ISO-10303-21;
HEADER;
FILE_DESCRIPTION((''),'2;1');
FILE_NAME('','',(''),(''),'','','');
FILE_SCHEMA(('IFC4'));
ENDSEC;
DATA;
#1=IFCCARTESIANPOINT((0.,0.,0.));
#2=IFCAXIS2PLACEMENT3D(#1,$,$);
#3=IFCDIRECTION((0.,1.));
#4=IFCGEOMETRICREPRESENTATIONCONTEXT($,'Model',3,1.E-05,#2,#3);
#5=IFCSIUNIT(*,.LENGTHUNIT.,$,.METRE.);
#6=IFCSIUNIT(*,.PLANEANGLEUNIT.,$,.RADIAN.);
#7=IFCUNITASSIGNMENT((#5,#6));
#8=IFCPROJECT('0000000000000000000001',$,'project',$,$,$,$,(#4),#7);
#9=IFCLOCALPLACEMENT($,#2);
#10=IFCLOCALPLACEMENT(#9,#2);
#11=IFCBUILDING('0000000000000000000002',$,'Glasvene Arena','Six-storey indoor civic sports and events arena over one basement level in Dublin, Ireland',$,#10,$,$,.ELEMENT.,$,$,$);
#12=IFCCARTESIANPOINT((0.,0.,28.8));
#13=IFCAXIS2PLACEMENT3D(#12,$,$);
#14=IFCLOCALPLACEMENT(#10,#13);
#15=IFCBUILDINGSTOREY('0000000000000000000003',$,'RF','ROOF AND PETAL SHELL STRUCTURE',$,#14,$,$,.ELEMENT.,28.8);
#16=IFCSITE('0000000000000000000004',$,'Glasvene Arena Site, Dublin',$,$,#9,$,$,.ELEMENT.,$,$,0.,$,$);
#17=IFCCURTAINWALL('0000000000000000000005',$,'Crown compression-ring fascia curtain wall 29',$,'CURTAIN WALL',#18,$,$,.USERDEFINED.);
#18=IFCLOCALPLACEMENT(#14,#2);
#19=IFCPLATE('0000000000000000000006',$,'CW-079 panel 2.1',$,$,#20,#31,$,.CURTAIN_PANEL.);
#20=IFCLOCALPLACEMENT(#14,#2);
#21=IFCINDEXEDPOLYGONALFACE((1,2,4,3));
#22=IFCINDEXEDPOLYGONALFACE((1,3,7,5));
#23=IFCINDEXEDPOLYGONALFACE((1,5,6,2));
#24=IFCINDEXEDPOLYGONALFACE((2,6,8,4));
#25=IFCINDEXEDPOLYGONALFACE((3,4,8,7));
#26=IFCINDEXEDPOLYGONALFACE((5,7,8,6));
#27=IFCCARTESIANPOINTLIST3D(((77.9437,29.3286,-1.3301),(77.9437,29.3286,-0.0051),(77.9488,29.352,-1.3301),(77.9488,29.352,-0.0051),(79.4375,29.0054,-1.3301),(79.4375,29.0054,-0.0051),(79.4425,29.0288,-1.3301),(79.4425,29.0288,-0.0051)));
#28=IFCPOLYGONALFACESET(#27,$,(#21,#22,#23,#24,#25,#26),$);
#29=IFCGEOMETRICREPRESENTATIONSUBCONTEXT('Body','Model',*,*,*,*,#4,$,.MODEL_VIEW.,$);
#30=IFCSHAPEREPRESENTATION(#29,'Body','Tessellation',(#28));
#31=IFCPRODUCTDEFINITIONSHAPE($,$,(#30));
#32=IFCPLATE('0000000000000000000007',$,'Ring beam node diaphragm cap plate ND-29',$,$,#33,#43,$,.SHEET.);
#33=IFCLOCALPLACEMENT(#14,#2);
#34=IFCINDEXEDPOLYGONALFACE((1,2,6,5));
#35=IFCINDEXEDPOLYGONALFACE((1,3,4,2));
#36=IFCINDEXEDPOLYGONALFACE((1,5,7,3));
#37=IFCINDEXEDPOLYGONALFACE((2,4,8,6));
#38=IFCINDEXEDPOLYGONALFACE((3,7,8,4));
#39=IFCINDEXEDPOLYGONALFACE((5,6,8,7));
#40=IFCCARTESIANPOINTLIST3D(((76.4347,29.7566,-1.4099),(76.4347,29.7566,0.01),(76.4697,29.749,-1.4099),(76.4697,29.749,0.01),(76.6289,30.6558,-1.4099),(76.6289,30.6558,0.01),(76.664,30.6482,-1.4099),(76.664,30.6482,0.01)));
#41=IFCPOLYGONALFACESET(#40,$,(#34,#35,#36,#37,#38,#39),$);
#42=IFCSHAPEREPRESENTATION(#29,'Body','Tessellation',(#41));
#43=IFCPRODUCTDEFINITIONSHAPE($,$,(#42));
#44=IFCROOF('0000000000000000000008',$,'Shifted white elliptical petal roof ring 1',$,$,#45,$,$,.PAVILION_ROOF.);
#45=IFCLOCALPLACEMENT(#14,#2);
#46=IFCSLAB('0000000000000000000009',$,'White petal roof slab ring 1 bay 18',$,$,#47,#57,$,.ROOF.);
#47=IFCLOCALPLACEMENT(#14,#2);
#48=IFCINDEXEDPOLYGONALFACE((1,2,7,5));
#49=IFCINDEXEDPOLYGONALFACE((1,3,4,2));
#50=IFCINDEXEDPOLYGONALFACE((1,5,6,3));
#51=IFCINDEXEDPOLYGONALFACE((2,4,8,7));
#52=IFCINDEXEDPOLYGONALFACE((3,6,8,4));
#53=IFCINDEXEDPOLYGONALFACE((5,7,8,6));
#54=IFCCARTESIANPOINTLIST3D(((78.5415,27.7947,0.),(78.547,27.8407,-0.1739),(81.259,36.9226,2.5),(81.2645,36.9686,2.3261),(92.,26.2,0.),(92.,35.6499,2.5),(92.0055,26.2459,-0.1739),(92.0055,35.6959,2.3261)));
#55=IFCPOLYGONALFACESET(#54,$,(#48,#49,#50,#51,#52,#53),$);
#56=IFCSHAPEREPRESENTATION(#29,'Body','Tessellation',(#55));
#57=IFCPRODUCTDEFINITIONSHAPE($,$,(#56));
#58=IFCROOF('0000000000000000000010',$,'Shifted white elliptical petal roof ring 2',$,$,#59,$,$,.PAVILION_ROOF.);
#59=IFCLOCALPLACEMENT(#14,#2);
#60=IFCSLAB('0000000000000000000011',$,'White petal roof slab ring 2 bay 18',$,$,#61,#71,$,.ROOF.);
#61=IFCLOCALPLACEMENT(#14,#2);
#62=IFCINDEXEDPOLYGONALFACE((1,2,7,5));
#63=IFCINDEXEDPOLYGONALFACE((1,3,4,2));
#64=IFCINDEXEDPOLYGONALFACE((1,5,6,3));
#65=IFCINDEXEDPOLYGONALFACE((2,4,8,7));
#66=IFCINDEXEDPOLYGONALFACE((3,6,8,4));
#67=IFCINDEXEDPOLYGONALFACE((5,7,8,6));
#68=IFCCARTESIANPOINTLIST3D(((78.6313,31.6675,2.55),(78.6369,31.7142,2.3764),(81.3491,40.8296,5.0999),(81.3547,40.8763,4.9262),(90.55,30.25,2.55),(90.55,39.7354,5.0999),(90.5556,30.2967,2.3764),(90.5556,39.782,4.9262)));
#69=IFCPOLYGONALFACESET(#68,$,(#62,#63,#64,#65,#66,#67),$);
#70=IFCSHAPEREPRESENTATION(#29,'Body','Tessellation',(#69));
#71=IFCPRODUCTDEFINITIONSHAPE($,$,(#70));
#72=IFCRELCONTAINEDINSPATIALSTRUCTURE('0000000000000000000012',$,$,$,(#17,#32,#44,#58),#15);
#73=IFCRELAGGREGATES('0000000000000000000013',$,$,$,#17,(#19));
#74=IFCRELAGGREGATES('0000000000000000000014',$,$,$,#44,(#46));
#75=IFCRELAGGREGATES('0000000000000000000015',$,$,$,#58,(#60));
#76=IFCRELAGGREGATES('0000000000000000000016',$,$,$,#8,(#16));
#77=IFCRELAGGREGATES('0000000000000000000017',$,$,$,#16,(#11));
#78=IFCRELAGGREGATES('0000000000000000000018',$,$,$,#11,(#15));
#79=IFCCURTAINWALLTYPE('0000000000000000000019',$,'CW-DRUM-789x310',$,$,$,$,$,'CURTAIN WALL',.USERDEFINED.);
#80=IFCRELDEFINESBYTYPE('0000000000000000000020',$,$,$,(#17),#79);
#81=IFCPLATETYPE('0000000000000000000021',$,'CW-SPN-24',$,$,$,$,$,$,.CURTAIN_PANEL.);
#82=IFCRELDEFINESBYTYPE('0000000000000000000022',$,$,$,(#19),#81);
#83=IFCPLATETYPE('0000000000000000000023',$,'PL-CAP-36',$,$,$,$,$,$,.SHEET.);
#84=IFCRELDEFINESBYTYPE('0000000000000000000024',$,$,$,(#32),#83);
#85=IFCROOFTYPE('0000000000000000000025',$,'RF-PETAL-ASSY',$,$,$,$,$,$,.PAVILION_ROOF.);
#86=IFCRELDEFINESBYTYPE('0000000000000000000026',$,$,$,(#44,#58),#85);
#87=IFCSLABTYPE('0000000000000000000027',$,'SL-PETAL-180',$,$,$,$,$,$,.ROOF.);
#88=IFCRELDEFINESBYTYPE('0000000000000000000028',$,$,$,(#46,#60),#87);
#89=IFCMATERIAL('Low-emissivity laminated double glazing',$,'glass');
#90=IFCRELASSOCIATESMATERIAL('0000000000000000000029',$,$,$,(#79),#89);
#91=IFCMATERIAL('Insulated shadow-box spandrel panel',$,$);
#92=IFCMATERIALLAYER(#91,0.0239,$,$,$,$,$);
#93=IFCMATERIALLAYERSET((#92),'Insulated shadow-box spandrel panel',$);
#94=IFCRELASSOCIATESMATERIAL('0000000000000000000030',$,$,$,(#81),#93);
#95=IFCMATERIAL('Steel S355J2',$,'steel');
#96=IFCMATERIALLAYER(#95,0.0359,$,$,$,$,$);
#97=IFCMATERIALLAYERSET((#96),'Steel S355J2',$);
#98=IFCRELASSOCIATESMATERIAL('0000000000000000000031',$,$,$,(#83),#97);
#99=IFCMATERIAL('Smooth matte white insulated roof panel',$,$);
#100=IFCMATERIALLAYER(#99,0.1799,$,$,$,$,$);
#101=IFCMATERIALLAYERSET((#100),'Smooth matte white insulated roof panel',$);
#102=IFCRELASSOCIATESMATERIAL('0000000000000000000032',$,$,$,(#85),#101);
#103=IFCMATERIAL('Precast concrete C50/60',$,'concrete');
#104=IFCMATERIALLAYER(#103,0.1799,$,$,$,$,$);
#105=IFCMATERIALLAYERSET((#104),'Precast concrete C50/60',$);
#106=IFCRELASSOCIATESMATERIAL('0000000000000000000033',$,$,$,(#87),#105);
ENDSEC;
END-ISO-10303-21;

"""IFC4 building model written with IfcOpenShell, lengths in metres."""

from ifc_helpers import new_model, si_unit, direction, frame, origin, origin_2d, place, context, subcontext, project, spatial, polyline, rectangle, outline, extrude, material, layer, layer_set, type_object, element, aggregate, save


model = new_model("IFC4")

# Units and contexts
model_context = context("Model", 3, precision=1e-05, world=origin(), true_north=direction((0.0, 1.0)))
body_context = subcontext(model_context, "Body", "Model", "MODEL_VIEW")
ifc_project = project(units=[si_unit("LENGTHUNIT", "METRE"), si_unit("PLANEANGLEUNIT", "RADIAN")], contexts=[model_context])

# Site, building, storey
site_placement = place(None, origin())
site = spatial("IfcSite", under=ifc_project, at=site_placement, Name="Glasvene Arena Site, Dublin", CompositionType="ELEMENT", RefElevation=0.0)
building_placement = place(site_placement, origin())
building = spatial("IfcBuilding", under=site, at=building_placement, Name="Glasvene Arena", Description="Six-storey indoor civic sports and events arena over one basement level in Dublin, Ireland", CompositionType="ELEMENT")
storey_placement = place(building_placement, frame((0.0, 0.0, 28.8)))
storey = spatial("IfcBuildingStorey", under=building, at=storey_placement, Name="RF", Description="ROOF AND PETAL SHELL STRUCTURE", CompositionType="ELEMENT", Elevation=28.8)

# Shared definitions
ifc_material_1 = material(Name="Steel S355J2", Category="steel")

# Curtain wall
ifc_material_2 = material(Name="Low-emissivity laminated double glazing", Category="glass")
curtain_wall_type_1 = type_object("IfcCurtainWallType", Name="CW-DRUM-789x310", ElementType="CURTAIN WALL", PredefinedType="USERDEFINED", material=ifc_material_2)
curtain_wall_1_placement = place(storey_placement, frame((76.3792, 29.6794, 0.0)))
curtain_wall_1 = element("IfcCurtainWall", 1, at=curtain_wall_1_placement, inside=storey, type_object=curtain_wall_type_1, Name="Crown compression-ring fascia curtain wall 29", ObjectType="CURTAIN WALL", PredefinedType="USERDEFINED")

# Plates
ifc_material_3 = material(Name="Insulated shadow-box spandrel panel")
ifc_layer_1 = layer(ifc_material_3, 0.0239)
ifc_layer_set_1 = layer_set([ifc_layer_1], Name="Insulated shadow-box spandrel panel")
plate_type_1 = type_object("IfcPlateType", Name="CW-SPN-24", PredefinedType="CURTAIN_PANEL", material=ifc_layer_set_1)
plate_1_placement = place(storey_placement, frame((78.6931, 29.1787, -1.3301), z_axis=(0.0, 0.0, 1.0), x_axis=(0.97739, -0.211445, 0.0)))
plate_1 = element("IfcPlate", 2, at=plate_1_placement, type_object=plate_type_1, Name="CW-079 panel 2.1", PredefinedType="CURTAIN_PANEL", context=body_context, shape_type="SweptSolid", body=[
    extrude(rectangle(XDim=1.5283, YDim=0.0239, at=origin_2d()), origin(), (0.0, 0.0, 1.0), 1.325),
])
aggregate(curtain_wall_1, [plate_1])
ifc_layer_2 = layer(ifc_material_1, 0.0359)
ifc_layer_set_2 = layer_set([ifc_layer_2], Name="Steel S355J2")
plate_type_2 = type_object("IfcPlateType", Name="PL-CAP-36", PredefinedType="SHEET", material=ifc_layer_set_2)
plate_2_placement = place(storey_placement, frame((76.5493, 30.2024, -1.4099), z_axis=(0.0, 0.0, 1.0), x_axis=(0.977453, -0.211154, 0.0)))
element("IfcPlate", 3, at=plate_2_placement, inside=storey, type_object=plate_type_2, Name="Ring beam node diaphragm cap plate ND-29", PredefinedType="SHEET", context=body_context, shape_type="SweptSolid", body=[
    extrude(rectangle(XDim=0.0359, YDim=0.9199, at=origin_2d()), origin(), (0.0, 0.0, 1.0), 1.4199),
])

# Roofs, slabs
ifc_material_4 = material(Name="Smooth matte white insulated roof panel")
ifc_layer_3 = layer(ifc_material_4, 0.1799)
ifc_layer_set_3 = layer_set([ifc_layer_3], Name="Smooth matte white insulated roof panel")
roof_type = type_object("IfcRoofType", Name="RF-PETAL-ASSY", PredefinedType="PAVILION_ROOF", material=ifc_layer_set_3)
roof_1_placement = place(storey_placement, frame((92.0, 73.0, 0.0)))
roof_1 = element("IfcRoof", 4, at=roof_1_placement, inside=storey, type_object=roof_type, Name="Shifted white elliptical petal roof ring 1", PredefinedType="PAVILION_ROOF")
ifc_material_5 = material(Name="Precast concrete C50/60", Category="concrete")
ifc_layer_4 = layer(ifc_material_5, 0.1799)
ifc_layer_set_4 = layer_set([ifc_layer_4], Name="Precast concrete C50/60")
slab_type = type_object("IfcSlabType", Name="SL-PETAL-180", PredefinedType="ROOF", material=ifc_layer_set_4)
slab_1_placement = place(storey_placement, frame((78.5415, 27.7947, 0.0), z_axis=(-0.030291, -0.255636, 0.966298), x_axis=(0.993053, -0.117669, 0.0)))
slab_1 = element("IfcSlab", 5, at=slab_1_placement, type_object=slab_type, Name="White petal roof slab ring 1 bay 18", PredefinedType="ROOF", context=body_context, shape_type="SweptSolid", body=[
    extrude(outline(polyline([(0.0, 0.0), (13.5526, 0.0), (12.4407, 9.7116), (1.6246, 9.7116), (0.0, 0.0)])), origin(), (0.0, 0.0, -1.0), 0.1799),
])
aggregate(roof_1, [slab_1])
roof_2_placement = place(storey_placement, frame((90.55, 71.8501, 2.55)))
roof_2 = element("IfcRoof", 6, at=roof_2_placement, inside=storey, type_object=roof_type, Name="Shifted white elliptical petal roof ring 2", PredefinedType="PAVILION_ROOF")
slab_2_placement = place(storey_placement, frame((78.6313, 31.6675, 2.55), z_axis=(-0.030859, -0.259476, 0.965256), x_axis=(0.993002, -0.118097, 0.0)))
slab_2 = element("IfcSlab", 7, at=slab_2_placement, type_object=slab_type, Name="White petal roof slab ring 2 bay 18", PredefinedType="ROOF", context=body_context, shape_type="SweptSolid", body=[
    extrude(outline(polyline([(0.0, 0.0), (12.0027, 0.0), (10.8825, 9.758), (1.6167, 9.758), (0.0, 0.0)])), origin(), (0.0, 0.0, -1.0), 0.1799),
])
aggregate(roof_2, [slab_2])

save(model, "model.ifc")
